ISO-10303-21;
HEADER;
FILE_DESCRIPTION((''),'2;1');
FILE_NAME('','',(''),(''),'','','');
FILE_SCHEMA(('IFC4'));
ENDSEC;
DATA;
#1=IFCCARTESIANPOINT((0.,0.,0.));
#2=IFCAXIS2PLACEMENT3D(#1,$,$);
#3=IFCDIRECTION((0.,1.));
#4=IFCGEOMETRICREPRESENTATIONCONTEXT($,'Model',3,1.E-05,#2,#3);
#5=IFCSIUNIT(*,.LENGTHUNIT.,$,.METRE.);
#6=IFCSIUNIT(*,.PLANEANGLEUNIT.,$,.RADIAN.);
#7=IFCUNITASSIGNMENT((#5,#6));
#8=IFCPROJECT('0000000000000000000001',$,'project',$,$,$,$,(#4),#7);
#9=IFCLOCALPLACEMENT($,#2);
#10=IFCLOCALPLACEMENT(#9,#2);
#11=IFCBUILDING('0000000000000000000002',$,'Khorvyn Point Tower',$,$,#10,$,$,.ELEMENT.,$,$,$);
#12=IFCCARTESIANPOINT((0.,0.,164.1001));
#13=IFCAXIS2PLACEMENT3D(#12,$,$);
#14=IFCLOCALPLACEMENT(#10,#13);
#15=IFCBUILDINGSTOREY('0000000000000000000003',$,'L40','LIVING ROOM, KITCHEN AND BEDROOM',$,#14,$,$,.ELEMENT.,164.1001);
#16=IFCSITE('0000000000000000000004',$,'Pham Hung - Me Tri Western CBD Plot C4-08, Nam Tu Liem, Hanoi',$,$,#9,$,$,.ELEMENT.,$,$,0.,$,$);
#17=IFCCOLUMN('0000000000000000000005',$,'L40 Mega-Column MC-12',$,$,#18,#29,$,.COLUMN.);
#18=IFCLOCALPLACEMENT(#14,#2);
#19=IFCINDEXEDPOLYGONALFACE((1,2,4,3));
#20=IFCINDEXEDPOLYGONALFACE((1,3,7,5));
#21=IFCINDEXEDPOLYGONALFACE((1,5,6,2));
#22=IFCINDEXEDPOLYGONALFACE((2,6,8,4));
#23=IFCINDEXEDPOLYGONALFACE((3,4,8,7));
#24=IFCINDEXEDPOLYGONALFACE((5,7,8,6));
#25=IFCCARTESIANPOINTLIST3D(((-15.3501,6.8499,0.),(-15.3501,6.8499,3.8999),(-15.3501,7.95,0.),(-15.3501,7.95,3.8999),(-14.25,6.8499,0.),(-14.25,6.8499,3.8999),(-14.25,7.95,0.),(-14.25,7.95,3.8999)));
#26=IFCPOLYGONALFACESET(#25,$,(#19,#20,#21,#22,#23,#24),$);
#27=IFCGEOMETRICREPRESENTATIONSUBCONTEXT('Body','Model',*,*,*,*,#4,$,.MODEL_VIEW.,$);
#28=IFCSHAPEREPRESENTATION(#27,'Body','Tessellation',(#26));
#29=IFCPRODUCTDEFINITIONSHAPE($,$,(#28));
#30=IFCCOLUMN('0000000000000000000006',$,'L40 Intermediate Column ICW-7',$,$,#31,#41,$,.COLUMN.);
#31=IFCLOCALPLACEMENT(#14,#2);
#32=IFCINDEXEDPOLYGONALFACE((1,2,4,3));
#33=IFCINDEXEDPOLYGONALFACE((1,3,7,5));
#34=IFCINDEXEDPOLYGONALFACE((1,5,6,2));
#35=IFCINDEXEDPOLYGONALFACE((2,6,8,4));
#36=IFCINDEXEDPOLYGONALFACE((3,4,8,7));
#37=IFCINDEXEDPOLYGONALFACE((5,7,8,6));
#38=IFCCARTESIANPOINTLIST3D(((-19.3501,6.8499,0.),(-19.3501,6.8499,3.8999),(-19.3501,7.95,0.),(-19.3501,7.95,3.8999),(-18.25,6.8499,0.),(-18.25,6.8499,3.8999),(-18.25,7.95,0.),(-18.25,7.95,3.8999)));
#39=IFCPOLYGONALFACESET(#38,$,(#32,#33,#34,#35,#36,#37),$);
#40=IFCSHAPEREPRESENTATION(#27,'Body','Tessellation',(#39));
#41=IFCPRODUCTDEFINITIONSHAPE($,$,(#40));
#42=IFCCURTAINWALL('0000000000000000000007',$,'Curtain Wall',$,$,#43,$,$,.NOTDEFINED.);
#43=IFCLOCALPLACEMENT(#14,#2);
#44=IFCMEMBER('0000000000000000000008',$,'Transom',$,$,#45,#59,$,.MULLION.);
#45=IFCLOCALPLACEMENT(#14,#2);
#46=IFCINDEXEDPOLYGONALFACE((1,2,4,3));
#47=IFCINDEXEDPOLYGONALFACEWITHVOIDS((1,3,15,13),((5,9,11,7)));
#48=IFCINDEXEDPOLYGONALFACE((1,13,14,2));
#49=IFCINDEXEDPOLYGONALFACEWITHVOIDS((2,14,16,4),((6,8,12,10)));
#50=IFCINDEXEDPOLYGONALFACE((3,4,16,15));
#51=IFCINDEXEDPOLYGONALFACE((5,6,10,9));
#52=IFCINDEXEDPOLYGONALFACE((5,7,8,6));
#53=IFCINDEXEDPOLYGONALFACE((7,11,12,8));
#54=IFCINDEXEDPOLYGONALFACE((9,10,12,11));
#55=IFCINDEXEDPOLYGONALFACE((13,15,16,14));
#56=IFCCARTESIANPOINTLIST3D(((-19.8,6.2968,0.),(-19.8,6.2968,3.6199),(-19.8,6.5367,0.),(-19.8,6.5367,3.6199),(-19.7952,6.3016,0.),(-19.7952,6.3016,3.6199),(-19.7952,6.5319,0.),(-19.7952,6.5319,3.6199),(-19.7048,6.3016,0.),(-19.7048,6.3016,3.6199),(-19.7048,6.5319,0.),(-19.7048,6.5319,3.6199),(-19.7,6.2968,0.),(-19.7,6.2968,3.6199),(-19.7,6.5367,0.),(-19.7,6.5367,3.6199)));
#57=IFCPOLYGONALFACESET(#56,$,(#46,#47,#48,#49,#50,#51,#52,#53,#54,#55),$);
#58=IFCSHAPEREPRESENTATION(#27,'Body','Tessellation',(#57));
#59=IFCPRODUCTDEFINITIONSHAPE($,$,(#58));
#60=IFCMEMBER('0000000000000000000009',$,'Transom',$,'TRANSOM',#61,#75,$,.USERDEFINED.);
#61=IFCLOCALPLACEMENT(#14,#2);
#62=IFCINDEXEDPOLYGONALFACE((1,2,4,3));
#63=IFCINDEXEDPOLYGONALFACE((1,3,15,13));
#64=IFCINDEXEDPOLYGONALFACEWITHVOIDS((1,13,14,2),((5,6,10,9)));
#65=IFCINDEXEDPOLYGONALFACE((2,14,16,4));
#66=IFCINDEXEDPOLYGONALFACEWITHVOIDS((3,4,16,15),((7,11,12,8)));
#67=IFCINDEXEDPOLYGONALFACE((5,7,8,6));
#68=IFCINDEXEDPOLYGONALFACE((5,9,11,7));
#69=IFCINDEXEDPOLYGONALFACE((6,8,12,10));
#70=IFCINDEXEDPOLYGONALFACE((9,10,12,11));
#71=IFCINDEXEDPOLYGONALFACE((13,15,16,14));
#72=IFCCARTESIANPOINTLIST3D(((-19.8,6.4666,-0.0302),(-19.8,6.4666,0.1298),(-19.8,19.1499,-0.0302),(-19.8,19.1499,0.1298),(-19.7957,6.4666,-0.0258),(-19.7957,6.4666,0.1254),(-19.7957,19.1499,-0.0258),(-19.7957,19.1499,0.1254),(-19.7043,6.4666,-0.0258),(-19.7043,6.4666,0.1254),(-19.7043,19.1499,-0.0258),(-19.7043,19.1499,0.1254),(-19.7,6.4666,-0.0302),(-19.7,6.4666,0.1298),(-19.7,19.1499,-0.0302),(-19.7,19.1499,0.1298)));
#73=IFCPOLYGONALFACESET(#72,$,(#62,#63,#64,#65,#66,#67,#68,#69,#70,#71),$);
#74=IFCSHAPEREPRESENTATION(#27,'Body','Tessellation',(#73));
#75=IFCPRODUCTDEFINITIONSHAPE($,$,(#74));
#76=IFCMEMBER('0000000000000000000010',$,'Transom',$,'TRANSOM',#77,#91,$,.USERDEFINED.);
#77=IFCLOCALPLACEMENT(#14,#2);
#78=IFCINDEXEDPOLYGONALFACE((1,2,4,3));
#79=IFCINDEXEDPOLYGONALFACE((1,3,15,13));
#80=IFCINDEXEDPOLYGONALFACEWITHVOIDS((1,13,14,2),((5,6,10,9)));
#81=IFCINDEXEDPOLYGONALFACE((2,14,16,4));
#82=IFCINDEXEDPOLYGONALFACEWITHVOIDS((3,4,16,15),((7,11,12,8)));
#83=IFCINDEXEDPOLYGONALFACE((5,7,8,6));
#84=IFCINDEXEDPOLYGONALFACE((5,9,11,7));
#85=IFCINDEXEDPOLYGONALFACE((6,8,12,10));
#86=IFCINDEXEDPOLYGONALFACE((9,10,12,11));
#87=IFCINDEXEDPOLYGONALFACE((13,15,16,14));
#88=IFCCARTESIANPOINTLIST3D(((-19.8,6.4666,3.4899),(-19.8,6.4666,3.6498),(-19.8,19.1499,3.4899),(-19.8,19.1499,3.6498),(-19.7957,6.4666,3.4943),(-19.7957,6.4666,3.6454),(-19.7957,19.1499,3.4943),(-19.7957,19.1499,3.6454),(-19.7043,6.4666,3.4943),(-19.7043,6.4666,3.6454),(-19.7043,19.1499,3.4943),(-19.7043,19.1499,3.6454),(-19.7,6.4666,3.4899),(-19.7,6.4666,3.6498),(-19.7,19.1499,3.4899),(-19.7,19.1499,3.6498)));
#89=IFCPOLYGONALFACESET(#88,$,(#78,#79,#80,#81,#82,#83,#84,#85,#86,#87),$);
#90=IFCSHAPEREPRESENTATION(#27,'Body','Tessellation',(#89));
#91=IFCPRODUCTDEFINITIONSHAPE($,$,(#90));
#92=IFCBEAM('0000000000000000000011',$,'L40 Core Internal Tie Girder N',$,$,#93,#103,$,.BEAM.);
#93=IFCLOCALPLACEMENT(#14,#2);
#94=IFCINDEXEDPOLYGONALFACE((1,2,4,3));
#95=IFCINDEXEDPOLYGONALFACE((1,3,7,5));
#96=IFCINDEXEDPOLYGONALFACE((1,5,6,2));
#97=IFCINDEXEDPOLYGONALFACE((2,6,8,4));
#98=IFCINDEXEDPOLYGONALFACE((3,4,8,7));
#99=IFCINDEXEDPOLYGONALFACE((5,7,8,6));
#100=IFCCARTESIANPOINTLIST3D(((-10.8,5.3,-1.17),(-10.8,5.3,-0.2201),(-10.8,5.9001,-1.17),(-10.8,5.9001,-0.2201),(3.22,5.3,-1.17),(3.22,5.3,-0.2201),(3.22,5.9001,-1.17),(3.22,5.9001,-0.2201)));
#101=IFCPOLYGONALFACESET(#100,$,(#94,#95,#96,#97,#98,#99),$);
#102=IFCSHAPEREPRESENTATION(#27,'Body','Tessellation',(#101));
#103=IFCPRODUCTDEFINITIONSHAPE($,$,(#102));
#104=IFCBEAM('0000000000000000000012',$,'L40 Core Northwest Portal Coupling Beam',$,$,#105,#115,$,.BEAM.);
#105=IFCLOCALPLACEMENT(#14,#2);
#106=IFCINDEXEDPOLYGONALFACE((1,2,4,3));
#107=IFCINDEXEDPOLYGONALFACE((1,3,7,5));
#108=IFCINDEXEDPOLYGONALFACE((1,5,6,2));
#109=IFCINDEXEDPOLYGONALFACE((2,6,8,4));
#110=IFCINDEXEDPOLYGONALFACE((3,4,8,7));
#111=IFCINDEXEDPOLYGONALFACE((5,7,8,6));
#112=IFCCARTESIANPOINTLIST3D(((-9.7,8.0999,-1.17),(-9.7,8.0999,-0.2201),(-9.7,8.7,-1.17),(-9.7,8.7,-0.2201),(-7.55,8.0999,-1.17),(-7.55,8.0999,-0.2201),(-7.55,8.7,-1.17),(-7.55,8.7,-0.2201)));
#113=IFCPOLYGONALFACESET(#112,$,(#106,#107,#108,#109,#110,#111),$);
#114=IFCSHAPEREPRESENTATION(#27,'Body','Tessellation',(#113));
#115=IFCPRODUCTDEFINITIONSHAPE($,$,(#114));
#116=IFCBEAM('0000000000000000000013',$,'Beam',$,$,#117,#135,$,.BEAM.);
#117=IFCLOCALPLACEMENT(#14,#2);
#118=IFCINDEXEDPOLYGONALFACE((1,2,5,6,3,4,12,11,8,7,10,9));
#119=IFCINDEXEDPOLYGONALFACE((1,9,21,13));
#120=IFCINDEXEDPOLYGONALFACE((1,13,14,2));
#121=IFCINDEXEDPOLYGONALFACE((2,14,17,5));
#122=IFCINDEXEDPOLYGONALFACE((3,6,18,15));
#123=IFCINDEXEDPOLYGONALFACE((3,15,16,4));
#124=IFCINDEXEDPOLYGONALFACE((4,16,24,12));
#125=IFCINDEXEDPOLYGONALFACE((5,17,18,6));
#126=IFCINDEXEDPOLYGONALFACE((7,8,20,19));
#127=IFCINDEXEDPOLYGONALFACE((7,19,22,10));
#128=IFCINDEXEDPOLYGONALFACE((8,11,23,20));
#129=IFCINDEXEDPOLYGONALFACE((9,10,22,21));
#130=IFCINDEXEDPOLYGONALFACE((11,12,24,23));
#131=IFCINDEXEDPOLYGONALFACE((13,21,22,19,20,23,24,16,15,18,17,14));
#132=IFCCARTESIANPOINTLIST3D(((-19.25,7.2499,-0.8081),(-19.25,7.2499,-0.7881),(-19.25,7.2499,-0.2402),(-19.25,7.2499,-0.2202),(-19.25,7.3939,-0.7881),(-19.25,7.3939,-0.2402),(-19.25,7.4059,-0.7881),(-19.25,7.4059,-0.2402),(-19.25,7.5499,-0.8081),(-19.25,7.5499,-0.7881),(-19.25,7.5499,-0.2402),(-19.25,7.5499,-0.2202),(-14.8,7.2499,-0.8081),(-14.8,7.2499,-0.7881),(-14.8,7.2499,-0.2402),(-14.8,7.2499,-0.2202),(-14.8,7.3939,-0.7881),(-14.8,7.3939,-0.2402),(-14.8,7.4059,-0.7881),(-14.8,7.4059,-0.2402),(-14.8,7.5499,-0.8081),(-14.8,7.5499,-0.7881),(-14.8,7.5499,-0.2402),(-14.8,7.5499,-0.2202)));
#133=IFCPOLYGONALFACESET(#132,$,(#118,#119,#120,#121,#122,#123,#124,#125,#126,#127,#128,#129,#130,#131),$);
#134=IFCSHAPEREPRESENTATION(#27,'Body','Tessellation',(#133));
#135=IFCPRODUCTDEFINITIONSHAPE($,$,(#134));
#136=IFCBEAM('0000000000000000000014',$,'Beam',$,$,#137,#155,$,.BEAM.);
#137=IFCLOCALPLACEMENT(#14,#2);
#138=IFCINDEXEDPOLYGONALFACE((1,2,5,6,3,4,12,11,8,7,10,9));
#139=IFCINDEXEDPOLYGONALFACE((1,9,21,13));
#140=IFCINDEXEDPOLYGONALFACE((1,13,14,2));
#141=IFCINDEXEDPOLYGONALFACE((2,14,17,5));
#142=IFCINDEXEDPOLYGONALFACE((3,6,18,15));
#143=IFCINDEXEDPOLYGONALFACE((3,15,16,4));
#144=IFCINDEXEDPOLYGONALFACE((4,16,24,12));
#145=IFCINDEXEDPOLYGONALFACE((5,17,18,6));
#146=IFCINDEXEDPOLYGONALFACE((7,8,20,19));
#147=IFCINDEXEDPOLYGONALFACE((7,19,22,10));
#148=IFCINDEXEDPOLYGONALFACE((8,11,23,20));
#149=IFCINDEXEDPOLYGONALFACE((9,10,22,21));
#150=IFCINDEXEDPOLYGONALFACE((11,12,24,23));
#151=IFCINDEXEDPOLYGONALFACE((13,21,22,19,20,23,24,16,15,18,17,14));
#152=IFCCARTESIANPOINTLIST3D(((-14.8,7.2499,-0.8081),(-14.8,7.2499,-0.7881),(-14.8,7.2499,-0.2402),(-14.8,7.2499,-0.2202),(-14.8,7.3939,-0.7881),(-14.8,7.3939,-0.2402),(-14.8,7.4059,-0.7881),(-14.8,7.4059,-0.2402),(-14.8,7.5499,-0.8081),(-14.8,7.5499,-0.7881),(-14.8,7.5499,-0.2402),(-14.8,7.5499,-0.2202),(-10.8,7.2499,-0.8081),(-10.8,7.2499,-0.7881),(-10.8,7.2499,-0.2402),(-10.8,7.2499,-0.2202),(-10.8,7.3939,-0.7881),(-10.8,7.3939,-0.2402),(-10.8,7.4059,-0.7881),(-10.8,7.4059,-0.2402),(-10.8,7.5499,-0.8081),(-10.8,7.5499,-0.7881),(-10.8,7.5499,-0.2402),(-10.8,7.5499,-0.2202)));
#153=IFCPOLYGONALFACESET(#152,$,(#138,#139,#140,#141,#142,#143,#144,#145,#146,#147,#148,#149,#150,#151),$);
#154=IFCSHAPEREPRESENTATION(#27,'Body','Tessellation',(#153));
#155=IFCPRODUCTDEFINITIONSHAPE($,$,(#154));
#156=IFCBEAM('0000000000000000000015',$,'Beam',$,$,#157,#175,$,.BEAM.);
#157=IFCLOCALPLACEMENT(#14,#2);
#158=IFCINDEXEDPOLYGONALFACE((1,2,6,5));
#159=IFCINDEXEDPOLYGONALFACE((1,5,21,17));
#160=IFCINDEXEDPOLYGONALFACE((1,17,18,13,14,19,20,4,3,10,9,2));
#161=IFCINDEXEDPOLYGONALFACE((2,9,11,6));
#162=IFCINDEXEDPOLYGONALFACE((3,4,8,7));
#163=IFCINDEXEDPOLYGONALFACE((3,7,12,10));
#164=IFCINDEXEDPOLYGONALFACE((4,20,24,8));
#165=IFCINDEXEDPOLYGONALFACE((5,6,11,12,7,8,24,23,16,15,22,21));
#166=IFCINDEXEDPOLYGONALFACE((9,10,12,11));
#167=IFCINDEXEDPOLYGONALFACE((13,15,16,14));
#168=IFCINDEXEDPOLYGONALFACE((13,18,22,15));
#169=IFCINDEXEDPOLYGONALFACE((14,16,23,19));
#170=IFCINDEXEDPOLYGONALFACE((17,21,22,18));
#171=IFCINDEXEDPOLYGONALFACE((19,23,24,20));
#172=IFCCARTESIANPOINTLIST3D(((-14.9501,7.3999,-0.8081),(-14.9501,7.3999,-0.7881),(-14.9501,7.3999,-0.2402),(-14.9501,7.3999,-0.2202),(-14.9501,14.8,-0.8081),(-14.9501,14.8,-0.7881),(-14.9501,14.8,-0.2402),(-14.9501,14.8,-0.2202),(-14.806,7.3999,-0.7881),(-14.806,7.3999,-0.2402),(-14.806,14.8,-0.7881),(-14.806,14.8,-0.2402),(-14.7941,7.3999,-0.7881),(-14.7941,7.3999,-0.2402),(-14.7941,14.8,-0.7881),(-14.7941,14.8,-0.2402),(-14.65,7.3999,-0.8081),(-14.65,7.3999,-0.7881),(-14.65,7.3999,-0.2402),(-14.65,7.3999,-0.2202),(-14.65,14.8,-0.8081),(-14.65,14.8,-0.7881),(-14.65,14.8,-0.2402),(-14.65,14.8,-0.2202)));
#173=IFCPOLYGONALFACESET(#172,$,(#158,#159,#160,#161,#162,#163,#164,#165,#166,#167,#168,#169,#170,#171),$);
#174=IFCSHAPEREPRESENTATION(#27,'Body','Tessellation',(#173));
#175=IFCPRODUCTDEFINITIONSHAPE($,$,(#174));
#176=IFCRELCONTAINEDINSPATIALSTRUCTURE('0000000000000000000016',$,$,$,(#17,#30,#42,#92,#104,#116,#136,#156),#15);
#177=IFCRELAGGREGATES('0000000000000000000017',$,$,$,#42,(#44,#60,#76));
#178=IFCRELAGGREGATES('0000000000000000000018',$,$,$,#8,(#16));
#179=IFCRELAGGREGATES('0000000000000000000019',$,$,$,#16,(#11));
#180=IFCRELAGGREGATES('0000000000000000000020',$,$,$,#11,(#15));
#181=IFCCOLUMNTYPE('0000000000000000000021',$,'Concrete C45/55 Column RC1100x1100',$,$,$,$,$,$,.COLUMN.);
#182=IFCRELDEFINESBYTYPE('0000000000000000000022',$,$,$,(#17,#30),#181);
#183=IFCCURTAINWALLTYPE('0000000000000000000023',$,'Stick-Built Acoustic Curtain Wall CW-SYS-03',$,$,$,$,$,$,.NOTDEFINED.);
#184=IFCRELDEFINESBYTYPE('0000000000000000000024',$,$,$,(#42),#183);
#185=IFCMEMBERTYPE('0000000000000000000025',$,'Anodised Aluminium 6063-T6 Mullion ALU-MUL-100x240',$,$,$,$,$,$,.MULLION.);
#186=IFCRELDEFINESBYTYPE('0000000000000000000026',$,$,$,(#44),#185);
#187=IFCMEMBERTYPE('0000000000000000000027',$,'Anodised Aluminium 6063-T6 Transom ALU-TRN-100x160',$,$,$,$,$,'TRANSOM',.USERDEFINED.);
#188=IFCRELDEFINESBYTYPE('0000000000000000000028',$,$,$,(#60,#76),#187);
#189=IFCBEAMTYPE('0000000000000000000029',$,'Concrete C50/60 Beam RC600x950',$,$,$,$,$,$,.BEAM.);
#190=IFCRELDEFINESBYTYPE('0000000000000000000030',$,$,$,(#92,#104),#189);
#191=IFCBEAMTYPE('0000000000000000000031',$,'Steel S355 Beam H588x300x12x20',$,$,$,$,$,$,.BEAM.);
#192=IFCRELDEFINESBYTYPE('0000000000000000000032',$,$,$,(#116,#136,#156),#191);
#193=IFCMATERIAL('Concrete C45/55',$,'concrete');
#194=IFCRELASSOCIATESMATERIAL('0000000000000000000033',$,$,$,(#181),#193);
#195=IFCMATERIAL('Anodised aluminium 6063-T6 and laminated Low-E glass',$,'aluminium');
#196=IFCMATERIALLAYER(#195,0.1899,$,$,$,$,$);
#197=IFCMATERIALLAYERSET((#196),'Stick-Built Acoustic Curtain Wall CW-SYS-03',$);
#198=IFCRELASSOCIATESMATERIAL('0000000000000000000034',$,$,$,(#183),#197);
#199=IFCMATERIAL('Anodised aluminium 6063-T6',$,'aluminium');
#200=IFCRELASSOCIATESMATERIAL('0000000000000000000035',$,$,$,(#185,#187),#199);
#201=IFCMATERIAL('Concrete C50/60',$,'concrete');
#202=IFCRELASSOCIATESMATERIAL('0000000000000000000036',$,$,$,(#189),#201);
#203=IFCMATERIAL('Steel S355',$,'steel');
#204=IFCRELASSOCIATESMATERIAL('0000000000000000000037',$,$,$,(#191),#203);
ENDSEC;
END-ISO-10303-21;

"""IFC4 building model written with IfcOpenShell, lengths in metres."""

from ifc_helpers import new_model, si_unit, direction, frame, origin, origin_2d, place, context, subcontext, project, spatial, rectangle, hollow_rectangle, i_section, extrude, material, layer, layer_set, material_profile, profile_set, type_object, element, aggregate, save


model = new_model("IFC4")

# Units and contexts
model_context = context("Model", 3, precision=1e-05, world=origin(), true_north=direction((0.0, 1.0)))
body_context = subcontext(model_context, "Body", "Model", "MODEL_VIEW")
ifc_project = project(units=[si_unit("LENGTHUNIT", "METRE"), si_unit("PLANEANGLEUNIT", "RADIAN")], contexts=[model_context])

# Site, building, storey
site_placement = place(None, origin())
site = spatial("IfcSite", under=ifc_project, at=site_placement, Name="Pham Hung - Me Tri Western CBD Plot C4-08, Nam Tu Liem, Hanoi", CompositionType="ELEMENT", RefElevation=0.0)
building_placement = place(site_placement, origin())
building = spatial("IfcBuilding", under=site, at=building_placement, Name="Khorvyn Point Tower", CompositionType="ELEMENT")
storey_placement = place(building_placement, frame((0.0, 0.0, 164.1001)))
storey = spatial("IfcBuildingStorey", under=building, at=storey_placement, Name="L40", Description="LIVING ROOM, KITCHEN AND BEDROOM", CompositionType="ELEMENT", Elevation=164.1001)

# Columns
ifc_material_1 = material(Name="Concrete C45/55", Category="concrete")
ifc_material_profile_1 = material_profile(ifc_material_1, rectangle(XDim=1.1001, YDim=1.1001, at=origin_2d()))
ifc_profile_set_1 = profile_set([ifc_material_profile_1], Name="Concrete C45/55 RC1100x1100")
column_type = type_object("IfcColumnType", Name="Concrete C45/55 Column RC1100x1100", PredefinedType="COLUMN", material=ifc_profile_set_1)
for number, where, z_axis, x_axis, name in (
    (1, (-14.8, 7.3999, 0.0), (0.0, 0.0, 1.0), (1.0, 0.0, 0.0), "L40 Mega-Column MC-12"),
    (2, (-18.8, 7.3999, 0.0), (0.0, 0.0, 1.0), (1.0, 0.0, 0.0), "L40 Intermediate Column ICW-7"),
):
    element("IfcColumn", number, at=place(storey_placement, frame(where, z_axis=z_axis, x_axis=x_axis)), inside=storey, type_object=column_type, Name=name, PredefinedType="COLUMN", context=body_context, shape_type="SweptSolid", body=[
        extrude(rectangle(XDim=1.1001, YDim=1.1001, at=origin_2d()), origin(), (0.0, 0.0, 1.0), 3.8999),
    ])

# Curtain wall, members
ifc_material_2 = material(Name="Anodised aluminium 6063-T6 and laminated Low-E glass", Category="aluminium")
ifc_layer_1 = layer(ifc_material_2, 0.1899)
ifc_layer_set_1 = layer_set([ifc_layer_1], Name="Stick-Built Acoustic Curtain Wall CW-SYS-03")
curtain_wall_type = type_object("IfcCurtainWallType", Name="Stick-Built Acoustic Curtain Wall CW-SYS-03", PredefinedType="NOTDEFINED", material=ifc_layer_set_1)
curtain_wall_placement = place(storey_placement, origin())
curtain_wall = element("IfcCurtainWall", 3, at=curtain_wall_placement, inside=storey, type_object=curtain_wall_type, Name="Curtain Wall", PredefinedType="NOTDEFINED")
ifc_material_3 = material(Name="Anodised aluminium 6063-T6", Category="aluminium")
ifc_material_profile_2 = material_profile(ifc_material_3, hollow_rectangle(XDim=0.1001, YDim=0.24, WallThickness=0.0049, at=origin_2d()))
ifc_profile_set_2 = profile_set([ifc_material_profile_2], Name="Anodised aluminium 6063-T6 ALU-MUL-100x240")
member_type_1 = type_object("IfcMemberType", Name="Anodised Aluminium 6063-T6 Mullion ALU-MUL-100x240", PredefinedType="MULLION", material=ifc_profile_set_2)
member_1_placement = place(storey_placement, frame((-19.75, 6.4167, 0.0), z_axis=(0.0, 0.0, 1.0), x_axis=(-1.0, 0.0, 0.0)))
member_1 = element("IfcMember", 4, at=member_1_placement, type_object=member_type_1, Name="Transom", PredefinedType="MULLION", context=body_context, shape_type="SweptSolid", body=[
    extrude(hollow_rectangle(XDim=0.1001, YDim=0.24, WallThickness=0.0049, at=origin_2d()), origin(), (0.0, 0.0, 1.0), 3.6199),
])
ifc_material_profile_3 = material_profile(ifc_material_3, hollow_rectangle(XDim=0.1001, YDim=0.1599, WallThickness=0.0044, at=origin_2d()))
ifc_profile_set_3 = profile_set([ifc_material_profile_3], Name="Anodised aluminium 6063-T6 ALU-TRN-100x160")
member_type_2 = type_object("IfcMemberType", Name="Anodised Aluminium 6063-T6 Transom ALU-TRN-100x160", ElementType="TRANSOM", PredefinedType="USERDEFINED", material=ifc_profile_set_3)
member_2_placement = place(storey_placement, frame((-19.75, 6.4666, 0.0498), z_axis=(0.0, 1.0, 0.0), x_axis=(-1.0, 0.0, 0.0)))
member_2 = element("IfcMember", 5, at=member_2_placement, type_object=member_type_2, Name="Transom", ObjectType="TRANSOM", PredefinedType="USERDEFINED", context=body_context, shape_type="SweptSolid", body=[
    extrude(hollow_rectangle(XDim=0.1001, YDim=0.1599, WallThickness=0.0044, at=origin_2d()), origin(), (0.0, 0.0, 1.0), 12.6833),
])
member_3_placement = place(storey_placement, frame((-19.75, 6.4666, 3.5698), z_axis=(0.0, 1.0, 0.0), x_axis=(-1.0, 0.0, 0.0)))
member_3 = element("IfcMember", 6, at=member_3_placement, type_object=member_type_2, Name="Transom", ObjectType="TRANSOM", PredefinedType="USERDEFINED", context=body_context, shape_type="SweptSolid", body=[
    extrude(hollow_rectangle(XDim=0.1001, YDim=0.1599, WallThickness=0.0044, at=origin_2d()), origin(), (0.0, 0.0, 1.0), 12.6833),
])

# Beams
ifc_material_4 = material(Name="Concrete C50/60", Category="concrete")
ifc_material_profile_4 = material_profile(ifc_material_4, rectangle(XDim=0.6001, YDim=0.95, at=origin_2d()))
ifc_profile_set_4 = profile_set([ifc_material_profile_4], Name="Concrete C50/60 RC600x950")
beam_type_1 = type_object("IfcBeamType", Name="Concrete C50/60 Beam RC600x950", PredefinedType="BEAM", material=ifc_profile_set_4)
beam_1_placement = place(storey_placement, frame((-10.8, 5.6001, -0.6951), z_axis=(1.0, 0.0, 0.0), x_axis=(0.0, 1.0, 0.0)))
element("IfcBeam", 7, at=beam_1_placement, inside=storey, type_object=beam_type_1, Name="L40 Core Internal Tie Girder N", PredefinedType="BEAM", context=body_context, shape_type="SweptSolid", body=[
    extrude(rectangle(XDim=0.6001, YDim=0.95, at=origin_2d()), origin(), (0.0, 0.0, 1.0), 14.02),
])
beam_2_placement = place(storey_placement, frame((-9.7, 8.3999, -0.6951), z_axis=(1.0, 0.0, 0.0), x_axis=(0.0, 1.0, 0.0)))
element("IfcBeam", 8, at=beam_2_placement, inside=storey, type_object=beam_type_1, Name="L40 Core Northwest Portal Coupling Beam", PredefinedType="BEAM", context=body_context, shape_type="SweptSolid", body=[
    extrude(rectangle(XDim=0.6001, YDim=0.95, at=origin_2d()), origin(), (0.0, 0.0, 1.0), 2.1499),
])
ifc_material_5 = material(Name="Steel S355", Category="steel")
ifc_material_profile_5 = material_profile(ifc_material_5, i_section(OverallWidth=0.3, OverallDepth=0.5879, WebThickness=0.012, FlangeThickness=0.02, at=origin_2d()))
ifc_profile_set_5 = profile_set([ifc_material_profile_5], Name="Steel S355 H588x300x12x20")
beam_type_2 = type_object("IfcBeamType", Name="Steel S355 Beam H588x300x12x20", PredefinedType="BEAM", material=ifc_profile_set_5)
beam_3_placement = place(storey_placement, frame((-19.25, 7.3999, -0.5142), z_axis=(1.0, 0.0, 0.0), x_axis=(0.0, 1.0, 0.0)))
element("IfcBeam", 9, at=beam_3_placement, inside=storey, type_object=beam_type_2, Name="Beam", PredefinedType="BEAM", context=body_context, shape_type="SweptSolid", body=[
    extrude(i_section(OverallWidth=0.3, OverallDepth=0.5879, WebThickness=0.012, FlangeThickness=0.02, at=origin_2d()), origin(), (0.0, 0.0, 1.0), 4.45),
])
beam_4_placement = place(storey_placement, frame((-14.8, 7.3999, -0.5142), z_axis=(1.0, 0.0, 0.0), x_axis=(0.0, 1.0, 0.0)))
element("IfcBeam", 10, at=beam_4_placement, inside=storey, type_object=beam_type_2, Name="Beam", PredefinedType="BEAM", context=body_context, shape_type="SweptSolid", body=[
    extrude(i_section(OverallWidth=0.3, OverallDepth=0.5879, WebThickness=0.012, FlangeThickness=0.02, at=origin_2d()), origin(), (0.0, 0.0, 1.0), 4.0),
])
for number, where, z_axis, x_axis, name in (
    (11, (-14.8, 7.3999, -0.5142), (0.0, 1.0, 0.0), (-1.0, 0.0, 0.0), "Beam"),
):
    element("IfcBeam", number, at=place(storey_placement, frame(where, z_axis=z_axis, x_axis=x_axis)), inside=storey, type_object=beam_type_2, Name=name, PredefinedType="BEAM", context=body_context, shape_type="SweptSolid", body=[
        extrude(i_section(OverallWidth=0.3, OverallDepth=0.5879, WebThickness=0.012, FlangeThickness=0.02, at=origin_2d()), origin(), (0.0, 0.0, 1.0), 7.4001),
    ])

aggregate(curtain_wall, [member_1, member_2, member_3])

save(model, "model.ifc")
